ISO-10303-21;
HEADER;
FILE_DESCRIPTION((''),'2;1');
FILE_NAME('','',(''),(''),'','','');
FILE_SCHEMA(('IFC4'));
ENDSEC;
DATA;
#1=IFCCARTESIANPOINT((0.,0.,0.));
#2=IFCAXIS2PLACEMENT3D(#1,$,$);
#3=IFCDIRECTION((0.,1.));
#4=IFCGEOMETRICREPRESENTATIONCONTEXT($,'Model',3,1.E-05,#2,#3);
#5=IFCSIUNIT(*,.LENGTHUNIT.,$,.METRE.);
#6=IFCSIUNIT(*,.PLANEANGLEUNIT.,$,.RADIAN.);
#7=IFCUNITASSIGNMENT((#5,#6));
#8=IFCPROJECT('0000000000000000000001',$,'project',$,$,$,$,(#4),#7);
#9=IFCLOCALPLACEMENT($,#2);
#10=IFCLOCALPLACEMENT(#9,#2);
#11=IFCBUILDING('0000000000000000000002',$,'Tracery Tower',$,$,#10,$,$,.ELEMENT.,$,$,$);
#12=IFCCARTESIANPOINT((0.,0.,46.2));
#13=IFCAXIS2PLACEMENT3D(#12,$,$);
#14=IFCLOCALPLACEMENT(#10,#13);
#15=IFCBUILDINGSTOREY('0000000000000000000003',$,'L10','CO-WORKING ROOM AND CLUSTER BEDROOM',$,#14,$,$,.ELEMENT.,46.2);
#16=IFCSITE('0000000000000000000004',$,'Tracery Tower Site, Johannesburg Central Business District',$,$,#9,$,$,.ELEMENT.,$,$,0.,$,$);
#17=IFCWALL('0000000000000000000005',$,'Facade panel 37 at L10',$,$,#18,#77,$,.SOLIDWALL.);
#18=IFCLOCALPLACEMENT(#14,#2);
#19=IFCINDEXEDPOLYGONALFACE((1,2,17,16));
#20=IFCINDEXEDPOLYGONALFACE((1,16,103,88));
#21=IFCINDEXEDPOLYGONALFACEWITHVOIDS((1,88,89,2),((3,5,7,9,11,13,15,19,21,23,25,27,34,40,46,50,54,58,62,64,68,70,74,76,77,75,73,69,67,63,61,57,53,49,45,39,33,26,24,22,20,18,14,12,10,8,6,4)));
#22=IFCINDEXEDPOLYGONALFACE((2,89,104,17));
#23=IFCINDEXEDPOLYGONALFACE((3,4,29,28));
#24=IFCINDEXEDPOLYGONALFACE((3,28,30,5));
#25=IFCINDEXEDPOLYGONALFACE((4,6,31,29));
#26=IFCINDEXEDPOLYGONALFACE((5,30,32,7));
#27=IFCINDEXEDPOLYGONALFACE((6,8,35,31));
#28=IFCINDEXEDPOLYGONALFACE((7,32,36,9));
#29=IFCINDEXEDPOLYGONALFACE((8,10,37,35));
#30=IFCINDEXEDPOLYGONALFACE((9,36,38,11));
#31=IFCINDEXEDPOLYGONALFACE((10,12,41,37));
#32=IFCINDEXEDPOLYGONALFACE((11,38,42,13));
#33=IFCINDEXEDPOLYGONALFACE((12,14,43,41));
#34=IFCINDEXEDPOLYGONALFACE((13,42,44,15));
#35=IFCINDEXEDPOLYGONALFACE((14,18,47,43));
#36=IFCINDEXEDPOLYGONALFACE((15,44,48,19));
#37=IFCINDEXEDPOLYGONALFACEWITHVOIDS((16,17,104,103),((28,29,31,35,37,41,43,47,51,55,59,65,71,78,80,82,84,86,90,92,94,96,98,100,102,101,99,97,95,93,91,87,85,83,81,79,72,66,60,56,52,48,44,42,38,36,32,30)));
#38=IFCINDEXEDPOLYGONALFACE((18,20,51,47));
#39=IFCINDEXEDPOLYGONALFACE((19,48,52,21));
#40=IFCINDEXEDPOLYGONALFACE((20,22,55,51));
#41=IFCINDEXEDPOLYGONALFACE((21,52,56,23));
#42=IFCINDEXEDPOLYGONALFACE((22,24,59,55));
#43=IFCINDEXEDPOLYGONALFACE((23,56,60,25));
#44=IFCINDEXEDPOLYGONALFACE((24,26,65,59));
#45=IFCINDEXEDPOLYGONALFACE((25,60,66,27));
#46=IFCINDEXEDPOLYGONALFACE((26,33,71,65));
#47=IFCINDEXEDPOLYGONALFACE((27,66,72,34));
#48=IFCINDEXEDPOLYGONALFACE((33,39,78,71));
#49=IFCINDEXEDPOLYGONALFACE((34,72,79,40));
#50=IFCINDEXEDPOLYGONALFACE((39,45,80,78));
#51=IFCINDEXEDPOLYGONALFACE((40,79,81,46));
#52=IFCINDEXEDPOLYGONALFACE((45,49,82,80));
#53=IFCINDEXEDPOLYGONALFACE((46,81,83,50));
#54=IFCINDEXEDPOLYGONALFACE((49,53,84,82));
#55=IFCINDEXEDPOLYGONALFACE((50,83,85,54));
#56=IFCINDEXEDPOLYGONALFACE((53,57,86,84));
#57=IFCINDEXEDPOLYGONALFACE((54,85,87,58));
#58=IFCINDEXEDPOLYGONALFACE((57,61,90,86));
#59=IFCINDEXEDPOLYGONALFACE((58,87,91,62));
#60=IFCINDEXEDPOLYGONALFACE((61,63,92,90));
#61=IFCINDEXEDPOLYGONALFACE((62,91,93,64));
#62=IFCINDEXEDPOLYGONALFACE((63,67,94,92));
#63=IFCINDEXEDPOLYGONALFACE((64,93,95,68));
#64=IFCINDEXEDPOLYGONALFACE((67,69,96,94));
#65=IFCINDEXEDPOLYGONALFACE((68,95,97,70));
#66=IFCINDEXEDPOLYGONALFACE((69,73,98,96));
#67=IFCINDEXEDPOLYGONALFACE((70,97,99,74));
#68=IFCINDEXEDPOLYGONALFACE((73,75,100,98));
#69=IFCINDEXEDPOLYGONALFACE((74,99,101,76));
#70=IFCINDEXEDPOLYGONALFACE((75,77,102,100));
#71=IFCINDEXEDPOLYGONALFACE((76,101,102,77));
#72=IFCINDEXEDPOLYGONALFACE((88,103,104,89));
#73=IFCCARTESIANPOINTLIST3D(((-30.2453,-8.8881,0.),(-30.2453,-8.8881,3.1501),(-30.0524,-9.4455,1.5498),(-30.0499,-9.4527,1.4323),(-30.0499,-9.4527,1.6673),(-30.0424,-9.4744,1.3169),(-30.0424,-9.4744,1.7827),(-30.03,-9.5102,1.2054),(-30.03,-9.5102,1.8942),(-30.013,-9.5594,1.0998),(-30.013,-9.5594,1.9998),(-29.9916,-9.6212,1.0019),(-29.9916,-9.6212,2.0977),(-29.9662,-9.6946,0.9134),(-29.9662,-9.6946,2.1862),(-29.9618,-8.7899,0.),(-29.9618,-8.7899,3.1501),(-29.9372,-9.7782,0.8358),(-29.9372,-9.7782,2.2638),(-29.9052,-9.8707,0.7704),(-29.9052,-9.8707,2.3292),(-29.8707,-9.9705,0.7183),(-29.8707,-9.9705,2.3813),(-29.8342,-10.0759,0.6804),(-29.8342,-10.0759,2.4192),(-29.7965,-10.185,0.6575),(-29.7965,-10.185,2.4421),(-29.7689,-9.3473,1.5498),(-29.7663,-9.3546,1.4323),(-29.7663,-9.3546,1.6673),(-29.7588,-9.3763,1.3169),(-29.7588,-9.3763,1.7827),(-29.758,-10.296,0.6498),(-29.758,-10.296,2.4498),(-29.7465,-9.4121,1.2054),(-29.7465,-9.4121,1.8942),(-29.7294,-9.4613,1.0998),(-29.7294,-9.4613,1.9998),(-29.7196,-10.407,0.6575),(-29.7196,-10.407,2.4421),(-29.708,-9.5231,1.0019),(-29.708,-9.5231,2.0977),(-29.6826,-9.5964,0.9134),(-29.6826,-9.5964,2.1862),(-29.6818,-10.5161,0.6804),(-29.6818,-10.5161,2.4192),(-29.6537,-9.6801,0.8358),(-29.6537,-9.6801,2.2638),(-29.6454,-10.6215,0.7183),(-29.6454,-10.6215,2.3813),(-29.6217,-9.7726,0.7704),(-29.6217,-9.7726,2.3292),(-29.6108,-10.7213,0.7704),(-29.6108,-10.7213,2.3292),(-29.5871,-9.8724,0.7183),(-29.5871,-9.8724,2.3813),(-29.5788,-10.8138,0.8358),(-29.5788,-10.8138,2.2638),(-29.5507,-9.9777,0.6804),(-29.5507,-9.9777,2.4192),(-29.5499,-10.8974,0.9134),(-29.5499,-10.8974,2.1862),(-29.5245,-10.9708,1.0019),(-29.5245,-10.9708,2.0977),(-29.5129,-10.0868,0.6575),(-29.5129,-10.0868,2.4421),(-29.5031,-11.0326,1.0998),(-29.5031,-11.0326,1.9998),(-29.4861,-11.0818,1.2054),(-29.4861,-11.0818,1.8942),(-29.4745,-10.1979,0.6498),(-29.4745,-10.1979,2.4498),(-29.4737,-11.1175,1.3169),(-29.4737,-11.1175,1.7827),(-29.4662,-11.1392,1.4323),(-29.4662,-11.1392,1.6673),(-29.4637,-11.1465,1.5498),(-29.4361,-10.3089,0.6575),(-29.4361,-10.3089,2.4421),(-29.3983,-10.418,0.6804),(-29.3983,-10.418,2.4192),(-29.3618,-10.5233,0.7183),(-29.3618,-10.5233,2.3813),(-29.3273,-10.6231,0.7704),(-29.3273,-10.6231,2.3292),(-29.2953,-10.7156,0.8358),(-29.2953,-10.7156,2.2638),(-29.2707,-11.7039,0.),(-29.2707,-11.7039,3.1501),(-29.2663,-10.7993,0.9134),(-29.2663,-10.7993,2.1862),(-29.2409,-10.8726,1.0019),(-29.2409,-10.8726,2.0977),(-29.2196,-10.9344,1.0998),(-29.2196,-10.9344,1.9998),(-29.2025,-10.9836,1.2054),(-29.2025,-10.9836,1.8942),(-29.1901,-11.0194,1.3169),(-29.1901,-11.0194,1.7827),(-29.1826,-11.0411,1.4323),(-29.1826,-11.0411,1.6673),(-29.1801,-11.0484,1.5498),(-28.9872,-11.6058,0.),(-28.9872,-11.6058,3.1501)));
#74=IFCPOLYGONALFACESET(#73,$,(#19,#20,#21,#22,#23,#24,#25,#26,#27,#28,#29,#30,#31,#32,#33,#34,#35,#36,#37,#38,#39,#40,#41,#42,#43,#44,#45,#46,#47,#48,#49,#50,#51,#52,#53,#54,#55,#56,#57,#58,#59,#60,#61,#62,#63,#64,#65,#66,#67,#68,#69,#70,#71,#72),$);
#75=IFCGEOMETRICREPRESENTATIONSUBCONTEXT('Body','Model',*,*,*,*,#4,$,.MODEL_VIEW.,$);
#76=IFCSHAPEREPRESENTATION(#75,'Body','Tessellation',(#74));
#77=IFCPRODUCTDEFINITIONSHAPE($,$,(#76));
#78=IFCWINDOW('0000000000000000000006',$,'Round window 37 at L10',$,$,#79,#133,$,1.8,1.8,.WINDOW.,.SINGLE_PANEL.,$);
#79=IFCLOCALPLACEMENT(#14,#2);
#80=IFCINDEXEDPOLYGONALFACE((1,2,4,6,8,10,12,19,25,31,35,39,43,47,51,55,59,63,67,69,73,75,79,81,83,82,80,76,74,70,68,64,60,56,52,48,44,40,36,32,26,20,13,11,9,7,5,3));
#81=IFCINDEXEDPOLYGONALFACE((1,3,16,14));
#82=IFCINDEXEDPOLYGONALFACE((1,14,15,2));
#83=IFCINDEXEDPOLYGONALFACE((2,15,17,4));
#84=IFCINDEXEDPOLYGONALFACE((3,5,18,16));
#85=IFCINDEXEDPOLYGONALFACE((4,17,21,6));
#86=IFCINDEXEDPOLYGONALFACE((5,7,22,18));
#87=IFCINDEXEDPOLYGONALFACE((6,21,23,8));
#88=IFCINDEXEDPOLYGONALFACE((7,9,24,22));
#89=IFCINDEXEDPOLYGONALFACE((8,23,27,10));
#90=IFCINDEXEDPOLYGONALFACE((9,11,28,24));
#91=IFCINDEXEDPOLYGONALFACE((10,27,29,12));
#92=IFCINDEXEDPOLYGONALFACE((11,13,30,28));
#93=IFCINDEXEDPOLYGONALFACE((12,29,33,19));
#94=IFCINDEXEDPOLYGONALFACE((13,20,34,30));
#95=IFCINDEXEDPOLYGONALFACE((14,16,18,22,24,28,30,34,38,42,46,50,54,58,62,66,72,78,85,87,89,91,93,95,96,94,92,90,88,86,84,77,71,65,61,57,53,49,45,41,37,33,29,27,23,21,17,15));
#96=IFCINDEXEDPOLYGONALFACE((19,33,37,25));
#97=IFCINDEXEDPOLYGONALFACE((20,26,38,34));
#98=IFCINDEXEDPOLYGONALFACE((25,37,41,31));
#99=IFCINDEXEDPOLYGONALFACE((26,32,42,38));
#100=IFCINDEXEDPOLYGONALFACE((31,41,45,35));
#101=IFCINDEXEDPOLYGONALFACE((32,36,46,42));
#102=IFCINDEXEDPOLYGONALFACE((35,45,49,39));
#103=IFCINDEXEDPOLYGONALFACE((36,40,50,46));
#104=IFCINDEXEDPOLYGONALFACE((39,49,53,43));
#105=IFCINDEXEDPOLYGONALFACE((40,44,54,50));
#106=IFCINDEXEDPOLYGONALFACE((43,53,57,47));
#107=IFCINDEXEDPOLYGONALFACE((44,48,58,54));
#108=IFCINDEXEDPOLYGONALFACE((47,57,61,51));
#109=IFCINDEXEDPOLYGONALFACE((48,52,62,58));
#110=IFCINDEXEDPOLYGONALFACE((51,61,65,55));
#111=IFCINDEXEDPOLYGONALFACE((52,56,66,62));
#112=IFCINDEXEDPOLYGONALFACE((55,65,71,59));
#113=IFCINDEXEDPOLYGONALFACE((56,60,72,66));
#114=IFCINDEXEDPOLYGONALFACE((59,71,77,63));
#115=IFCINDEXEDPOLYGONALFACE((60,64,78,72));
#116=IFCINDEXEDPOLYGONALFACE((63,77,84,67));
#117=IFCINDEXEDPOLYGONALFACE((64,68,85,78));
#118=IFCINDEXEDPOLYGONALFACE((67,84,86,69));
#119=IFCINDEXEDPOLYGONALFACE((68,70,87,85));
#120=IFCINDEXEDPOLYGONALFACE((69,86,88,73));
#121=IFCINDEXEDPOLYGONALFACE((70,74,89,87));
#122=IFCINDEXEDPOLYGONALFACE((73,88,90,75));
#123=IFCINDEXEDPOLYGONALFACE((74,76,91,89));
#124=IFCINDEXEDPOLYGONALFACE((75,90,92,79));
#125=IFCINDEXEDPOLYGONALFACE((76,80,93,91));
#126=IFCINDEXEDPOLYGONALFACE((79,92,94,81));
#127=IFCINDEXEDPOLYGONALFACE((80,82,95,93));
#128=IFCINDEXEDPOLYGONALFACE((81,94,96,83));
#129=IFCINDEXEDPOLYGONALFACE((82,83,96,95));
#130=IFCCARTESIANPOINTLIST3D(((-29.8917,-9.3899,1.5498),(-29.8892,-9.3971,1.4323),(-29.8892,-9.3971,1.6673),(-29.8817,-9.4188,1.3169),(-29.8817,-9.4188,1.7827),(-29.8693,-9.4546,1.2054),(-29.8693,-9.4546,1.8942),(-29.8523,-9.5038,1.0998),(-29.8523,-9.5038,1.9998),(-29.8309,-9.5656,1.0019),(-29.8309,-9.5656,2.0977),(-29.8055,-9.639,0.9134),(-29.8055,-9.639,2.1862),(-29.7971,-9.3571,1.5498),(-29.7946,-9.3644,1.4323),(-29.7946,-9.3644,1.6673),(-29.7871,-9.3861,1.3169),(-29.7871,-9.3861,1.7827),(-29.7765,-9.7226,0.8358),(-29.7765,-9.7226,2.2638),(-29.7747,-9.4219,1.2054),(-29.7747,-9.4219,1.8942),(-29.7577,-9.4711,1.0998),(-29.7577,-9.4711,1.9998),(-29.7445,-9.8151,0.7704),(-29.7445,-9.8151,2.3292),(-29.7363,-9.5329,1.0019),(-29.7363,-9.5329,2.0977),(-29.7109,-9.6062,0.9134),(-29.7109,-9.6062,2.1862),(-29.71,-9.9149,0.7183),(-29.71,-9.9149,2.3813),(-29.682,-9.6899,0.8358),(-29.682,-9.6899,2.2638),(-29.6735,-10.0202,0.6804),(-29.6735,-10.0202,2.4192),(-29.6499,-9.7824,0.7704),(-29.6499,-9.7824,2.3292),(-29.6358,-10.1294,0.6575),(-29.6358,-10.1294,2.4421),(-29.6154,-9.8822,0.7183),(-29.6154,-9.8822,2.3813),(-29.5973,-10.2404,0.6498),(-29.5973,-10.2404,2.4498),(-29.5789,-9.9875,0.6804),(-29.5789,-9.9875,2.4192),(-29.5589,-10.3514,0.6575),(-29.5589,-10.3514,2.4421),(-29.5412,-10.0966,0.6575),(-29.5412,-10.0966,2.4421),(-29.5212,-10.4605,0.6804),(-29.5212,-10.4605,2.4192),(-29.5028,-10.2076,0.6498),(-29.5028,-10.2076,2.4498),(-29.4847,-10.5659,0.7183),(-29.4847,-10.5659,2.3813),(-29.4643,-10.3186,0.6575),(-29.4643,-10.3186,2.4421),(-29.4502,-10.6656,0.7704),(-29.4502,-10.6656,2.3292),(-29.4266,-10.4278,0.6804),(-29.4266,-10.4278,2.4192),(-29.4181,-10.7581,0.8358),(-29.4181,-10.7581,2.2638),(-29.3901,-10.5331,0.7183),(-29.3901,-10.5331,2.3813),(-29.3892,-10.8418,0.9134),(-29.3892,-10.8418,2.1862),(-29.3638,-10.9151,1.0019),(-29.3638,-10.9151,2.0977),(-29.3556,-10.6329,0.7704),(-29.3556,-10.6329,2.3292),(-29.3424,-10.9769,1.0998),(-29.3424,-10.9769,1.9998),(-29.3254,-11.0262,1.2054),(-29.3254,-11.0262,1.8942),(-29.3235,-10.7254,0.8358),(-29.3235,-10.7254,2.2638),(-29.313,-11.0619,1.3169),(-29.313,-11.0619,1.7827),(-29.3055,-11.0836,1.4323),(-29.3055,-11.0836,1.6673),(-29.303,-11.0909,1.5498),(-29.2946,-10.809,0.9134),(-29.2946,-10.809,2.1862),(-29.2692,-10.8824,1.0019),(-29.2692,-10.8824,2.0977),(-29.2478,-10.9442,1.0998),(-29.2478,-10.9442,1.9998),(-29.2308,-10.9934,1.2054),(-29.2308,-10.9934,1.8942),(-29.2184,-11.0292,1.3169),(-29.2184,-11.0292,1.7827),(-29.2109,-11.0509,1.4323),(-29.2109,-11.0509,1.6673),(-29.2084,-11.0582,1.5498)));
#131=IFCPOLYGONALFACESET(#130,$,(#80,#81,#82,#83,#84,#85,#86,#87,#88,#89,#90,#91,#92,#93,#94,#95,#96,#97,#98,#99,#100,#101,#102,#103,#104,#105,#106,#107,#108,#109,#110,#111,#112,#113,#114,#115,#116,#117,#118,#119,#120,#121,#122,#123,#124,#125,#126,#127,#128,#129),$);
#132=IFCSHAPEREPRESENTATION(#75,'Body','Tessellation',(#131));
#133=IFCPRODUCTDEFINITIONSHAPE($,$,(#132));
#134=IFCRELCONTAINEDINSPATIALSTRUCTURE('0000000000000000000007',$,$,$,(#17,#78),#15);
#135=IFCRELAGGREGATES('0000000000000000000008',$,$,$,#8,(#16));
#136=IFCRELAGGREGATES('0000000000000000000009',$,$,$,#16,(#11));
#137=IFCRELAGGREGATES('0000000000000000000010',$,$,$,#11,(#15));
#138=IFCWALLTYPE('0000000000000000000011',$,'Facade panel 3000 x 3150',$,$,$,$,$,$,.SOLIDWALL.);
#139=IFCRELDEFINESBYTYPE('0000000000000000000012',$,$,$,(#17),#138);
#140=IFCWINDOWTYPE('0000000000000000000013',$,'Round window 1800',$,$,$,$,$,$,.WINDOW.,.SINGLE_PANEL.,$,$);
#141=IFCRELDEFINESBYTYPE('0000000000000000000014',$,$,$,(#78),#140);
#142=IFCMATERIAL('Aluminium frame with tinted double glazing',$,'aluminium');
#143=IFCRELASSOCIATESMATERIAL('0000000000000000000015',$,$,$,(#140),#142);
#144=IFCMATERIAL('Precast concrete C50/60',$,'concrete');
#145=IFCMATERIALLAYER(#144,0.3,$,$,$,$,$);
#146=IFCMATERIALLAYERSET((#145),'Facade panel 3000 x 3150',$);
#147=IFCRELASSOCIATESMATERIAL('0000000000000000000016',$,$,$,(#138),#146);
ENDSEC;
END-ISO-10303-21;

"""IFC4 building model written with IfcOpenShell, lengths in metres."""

from ifc_helpers import new_model, si_unit, direction, frame, frame_2d, origin, origin_2d, place, context, subcontext, project, spatial, rectangle, circle, extrude, material, layer, layer_set, type_object, element, fill, save


model = new_model("IFC4")

# Units and contexts
model_context = context("Model", 3, precision=1e-05, world=origin(), true_north=direction((0.0, 1.0)))
body_context = subcontext(model_context, "Body", "Model", "MODEL_VIEW")
ifc_project = project(units=[si_unit("LENGTHUNIT", "METRE"), si_unit("PLANEANGLEUNIT", "RADIAN")], contexts=[model_context])

# Site, building, storey
site_placement = place(None, origin())
site = spatial("IfcSite", under=ifc_project, at=site_placement, Name="Tracery Tower Site, Johannesburg Central Business District", CompositionType="ELEMENT", RefElevation=0.0)
building_placement = place(site_placement, origin())
building = spatial("IfcBuilding", under=site, at=building_placement, Name="Tracery Tower", CompositionType="ELEMENT")
storey_placement = place(building_placement, frame((0.0, 0.0, 46.2)))
storey = spatial("IfcBuildingStorey", under=building, at=storey_placement, Name="L10", Description="CO-WORKING ROOM AND CLUSTER BEDROOM", CompositionType="ELEMENT", Elevation=46.2)

# Wall, opening, window
ifc_material_1 = material(Name="Aluminium frame with tinted double glazing", Category="aluminium")
window_type = type_object("IfcWindowType", Name="Round window 1800", PartitioningType="SINGLE_PANEL", PredefinedType="WINDOW", material=ifc_material_1)
ifc_material_2 = material(Name="Precast concrete C50/60", Category="concrete")
ifc_layer_1 = layer(ifc_material_2, 0.3)
ifc_layer_set_1 = layer_set([ifc_layer_1], Name="Facade panel 3000 x 3150")
wall_type_1 = type_object("IfcWallType", Name="Facade panel 3000 x 3150", PredefinedType="SOLIDWALL", material=ifc_layer_set_1)
wall_1_placement = place(storey_placement, frame((-30.1035, -8.8391, 0.0), z_axis=(0.0, 0.0, 1.0), x_axis=(0.327071, -0.945, 0.0)))
wall_1 = element("IfcWall", 1, at=wall_1_placement, inside=storey, type_object=wall_type_1, Name="Facade panel 37 at L10", PredefinedType="SOLIDWALL", context=body_context, shape_type="SweptSolid", body=[
    extrude(rectangle(XDim=2.9797, YDim=0.3, at=frame_2d((1.4897, 0.0))), origin(), (0.0, 0.0, 1.0), 3.1501),
])
opening_1_placement = place(wall_1_placement, frame((1.4897, 0.0, 1.5498)))
opening_1 = element("IfcOpeningElement", 2, at=opening_1_placement, cuts=wall_1, PredefinedType="OPENING", context=body_context, shape_type="SweptSolid", body=[
    extrude(circle(Radius=0.9, at=origin_2d()), frame((0.0, 0.1599, 0.0), z_axis=(0.0, -1.0, 0.0), x_axis=(1.0, 0.0, 0.0)), (0.0, 0.0, 1.0), 0.3201),
])
window_1_placement = place(opening_1_placement, origin())
window_1 = element("IfcWindow", 3, at=window_1_placement, inside=storey, type_object=window_type, Name="Round window 37 at L10", OverallHeight=1.8, OverallWidth=1.8, PartitioningType="SINGLE_PANEL", PredefinedType="WINDOW", context=body_context, shape_type="SweptSolid", body=[
    extrude(circle(Radius=0.9, at=origin_2d()), frame((0.0, 0.1201, 0.0), z_axis=(0.0, -1.0, 0.0), x_axis=(1.0, 0.0, 0.0)), (0.0, 0.0, 1.0), 0.1001),
])
fill(opening_1, window_1)

save(model, "model.ifc")
